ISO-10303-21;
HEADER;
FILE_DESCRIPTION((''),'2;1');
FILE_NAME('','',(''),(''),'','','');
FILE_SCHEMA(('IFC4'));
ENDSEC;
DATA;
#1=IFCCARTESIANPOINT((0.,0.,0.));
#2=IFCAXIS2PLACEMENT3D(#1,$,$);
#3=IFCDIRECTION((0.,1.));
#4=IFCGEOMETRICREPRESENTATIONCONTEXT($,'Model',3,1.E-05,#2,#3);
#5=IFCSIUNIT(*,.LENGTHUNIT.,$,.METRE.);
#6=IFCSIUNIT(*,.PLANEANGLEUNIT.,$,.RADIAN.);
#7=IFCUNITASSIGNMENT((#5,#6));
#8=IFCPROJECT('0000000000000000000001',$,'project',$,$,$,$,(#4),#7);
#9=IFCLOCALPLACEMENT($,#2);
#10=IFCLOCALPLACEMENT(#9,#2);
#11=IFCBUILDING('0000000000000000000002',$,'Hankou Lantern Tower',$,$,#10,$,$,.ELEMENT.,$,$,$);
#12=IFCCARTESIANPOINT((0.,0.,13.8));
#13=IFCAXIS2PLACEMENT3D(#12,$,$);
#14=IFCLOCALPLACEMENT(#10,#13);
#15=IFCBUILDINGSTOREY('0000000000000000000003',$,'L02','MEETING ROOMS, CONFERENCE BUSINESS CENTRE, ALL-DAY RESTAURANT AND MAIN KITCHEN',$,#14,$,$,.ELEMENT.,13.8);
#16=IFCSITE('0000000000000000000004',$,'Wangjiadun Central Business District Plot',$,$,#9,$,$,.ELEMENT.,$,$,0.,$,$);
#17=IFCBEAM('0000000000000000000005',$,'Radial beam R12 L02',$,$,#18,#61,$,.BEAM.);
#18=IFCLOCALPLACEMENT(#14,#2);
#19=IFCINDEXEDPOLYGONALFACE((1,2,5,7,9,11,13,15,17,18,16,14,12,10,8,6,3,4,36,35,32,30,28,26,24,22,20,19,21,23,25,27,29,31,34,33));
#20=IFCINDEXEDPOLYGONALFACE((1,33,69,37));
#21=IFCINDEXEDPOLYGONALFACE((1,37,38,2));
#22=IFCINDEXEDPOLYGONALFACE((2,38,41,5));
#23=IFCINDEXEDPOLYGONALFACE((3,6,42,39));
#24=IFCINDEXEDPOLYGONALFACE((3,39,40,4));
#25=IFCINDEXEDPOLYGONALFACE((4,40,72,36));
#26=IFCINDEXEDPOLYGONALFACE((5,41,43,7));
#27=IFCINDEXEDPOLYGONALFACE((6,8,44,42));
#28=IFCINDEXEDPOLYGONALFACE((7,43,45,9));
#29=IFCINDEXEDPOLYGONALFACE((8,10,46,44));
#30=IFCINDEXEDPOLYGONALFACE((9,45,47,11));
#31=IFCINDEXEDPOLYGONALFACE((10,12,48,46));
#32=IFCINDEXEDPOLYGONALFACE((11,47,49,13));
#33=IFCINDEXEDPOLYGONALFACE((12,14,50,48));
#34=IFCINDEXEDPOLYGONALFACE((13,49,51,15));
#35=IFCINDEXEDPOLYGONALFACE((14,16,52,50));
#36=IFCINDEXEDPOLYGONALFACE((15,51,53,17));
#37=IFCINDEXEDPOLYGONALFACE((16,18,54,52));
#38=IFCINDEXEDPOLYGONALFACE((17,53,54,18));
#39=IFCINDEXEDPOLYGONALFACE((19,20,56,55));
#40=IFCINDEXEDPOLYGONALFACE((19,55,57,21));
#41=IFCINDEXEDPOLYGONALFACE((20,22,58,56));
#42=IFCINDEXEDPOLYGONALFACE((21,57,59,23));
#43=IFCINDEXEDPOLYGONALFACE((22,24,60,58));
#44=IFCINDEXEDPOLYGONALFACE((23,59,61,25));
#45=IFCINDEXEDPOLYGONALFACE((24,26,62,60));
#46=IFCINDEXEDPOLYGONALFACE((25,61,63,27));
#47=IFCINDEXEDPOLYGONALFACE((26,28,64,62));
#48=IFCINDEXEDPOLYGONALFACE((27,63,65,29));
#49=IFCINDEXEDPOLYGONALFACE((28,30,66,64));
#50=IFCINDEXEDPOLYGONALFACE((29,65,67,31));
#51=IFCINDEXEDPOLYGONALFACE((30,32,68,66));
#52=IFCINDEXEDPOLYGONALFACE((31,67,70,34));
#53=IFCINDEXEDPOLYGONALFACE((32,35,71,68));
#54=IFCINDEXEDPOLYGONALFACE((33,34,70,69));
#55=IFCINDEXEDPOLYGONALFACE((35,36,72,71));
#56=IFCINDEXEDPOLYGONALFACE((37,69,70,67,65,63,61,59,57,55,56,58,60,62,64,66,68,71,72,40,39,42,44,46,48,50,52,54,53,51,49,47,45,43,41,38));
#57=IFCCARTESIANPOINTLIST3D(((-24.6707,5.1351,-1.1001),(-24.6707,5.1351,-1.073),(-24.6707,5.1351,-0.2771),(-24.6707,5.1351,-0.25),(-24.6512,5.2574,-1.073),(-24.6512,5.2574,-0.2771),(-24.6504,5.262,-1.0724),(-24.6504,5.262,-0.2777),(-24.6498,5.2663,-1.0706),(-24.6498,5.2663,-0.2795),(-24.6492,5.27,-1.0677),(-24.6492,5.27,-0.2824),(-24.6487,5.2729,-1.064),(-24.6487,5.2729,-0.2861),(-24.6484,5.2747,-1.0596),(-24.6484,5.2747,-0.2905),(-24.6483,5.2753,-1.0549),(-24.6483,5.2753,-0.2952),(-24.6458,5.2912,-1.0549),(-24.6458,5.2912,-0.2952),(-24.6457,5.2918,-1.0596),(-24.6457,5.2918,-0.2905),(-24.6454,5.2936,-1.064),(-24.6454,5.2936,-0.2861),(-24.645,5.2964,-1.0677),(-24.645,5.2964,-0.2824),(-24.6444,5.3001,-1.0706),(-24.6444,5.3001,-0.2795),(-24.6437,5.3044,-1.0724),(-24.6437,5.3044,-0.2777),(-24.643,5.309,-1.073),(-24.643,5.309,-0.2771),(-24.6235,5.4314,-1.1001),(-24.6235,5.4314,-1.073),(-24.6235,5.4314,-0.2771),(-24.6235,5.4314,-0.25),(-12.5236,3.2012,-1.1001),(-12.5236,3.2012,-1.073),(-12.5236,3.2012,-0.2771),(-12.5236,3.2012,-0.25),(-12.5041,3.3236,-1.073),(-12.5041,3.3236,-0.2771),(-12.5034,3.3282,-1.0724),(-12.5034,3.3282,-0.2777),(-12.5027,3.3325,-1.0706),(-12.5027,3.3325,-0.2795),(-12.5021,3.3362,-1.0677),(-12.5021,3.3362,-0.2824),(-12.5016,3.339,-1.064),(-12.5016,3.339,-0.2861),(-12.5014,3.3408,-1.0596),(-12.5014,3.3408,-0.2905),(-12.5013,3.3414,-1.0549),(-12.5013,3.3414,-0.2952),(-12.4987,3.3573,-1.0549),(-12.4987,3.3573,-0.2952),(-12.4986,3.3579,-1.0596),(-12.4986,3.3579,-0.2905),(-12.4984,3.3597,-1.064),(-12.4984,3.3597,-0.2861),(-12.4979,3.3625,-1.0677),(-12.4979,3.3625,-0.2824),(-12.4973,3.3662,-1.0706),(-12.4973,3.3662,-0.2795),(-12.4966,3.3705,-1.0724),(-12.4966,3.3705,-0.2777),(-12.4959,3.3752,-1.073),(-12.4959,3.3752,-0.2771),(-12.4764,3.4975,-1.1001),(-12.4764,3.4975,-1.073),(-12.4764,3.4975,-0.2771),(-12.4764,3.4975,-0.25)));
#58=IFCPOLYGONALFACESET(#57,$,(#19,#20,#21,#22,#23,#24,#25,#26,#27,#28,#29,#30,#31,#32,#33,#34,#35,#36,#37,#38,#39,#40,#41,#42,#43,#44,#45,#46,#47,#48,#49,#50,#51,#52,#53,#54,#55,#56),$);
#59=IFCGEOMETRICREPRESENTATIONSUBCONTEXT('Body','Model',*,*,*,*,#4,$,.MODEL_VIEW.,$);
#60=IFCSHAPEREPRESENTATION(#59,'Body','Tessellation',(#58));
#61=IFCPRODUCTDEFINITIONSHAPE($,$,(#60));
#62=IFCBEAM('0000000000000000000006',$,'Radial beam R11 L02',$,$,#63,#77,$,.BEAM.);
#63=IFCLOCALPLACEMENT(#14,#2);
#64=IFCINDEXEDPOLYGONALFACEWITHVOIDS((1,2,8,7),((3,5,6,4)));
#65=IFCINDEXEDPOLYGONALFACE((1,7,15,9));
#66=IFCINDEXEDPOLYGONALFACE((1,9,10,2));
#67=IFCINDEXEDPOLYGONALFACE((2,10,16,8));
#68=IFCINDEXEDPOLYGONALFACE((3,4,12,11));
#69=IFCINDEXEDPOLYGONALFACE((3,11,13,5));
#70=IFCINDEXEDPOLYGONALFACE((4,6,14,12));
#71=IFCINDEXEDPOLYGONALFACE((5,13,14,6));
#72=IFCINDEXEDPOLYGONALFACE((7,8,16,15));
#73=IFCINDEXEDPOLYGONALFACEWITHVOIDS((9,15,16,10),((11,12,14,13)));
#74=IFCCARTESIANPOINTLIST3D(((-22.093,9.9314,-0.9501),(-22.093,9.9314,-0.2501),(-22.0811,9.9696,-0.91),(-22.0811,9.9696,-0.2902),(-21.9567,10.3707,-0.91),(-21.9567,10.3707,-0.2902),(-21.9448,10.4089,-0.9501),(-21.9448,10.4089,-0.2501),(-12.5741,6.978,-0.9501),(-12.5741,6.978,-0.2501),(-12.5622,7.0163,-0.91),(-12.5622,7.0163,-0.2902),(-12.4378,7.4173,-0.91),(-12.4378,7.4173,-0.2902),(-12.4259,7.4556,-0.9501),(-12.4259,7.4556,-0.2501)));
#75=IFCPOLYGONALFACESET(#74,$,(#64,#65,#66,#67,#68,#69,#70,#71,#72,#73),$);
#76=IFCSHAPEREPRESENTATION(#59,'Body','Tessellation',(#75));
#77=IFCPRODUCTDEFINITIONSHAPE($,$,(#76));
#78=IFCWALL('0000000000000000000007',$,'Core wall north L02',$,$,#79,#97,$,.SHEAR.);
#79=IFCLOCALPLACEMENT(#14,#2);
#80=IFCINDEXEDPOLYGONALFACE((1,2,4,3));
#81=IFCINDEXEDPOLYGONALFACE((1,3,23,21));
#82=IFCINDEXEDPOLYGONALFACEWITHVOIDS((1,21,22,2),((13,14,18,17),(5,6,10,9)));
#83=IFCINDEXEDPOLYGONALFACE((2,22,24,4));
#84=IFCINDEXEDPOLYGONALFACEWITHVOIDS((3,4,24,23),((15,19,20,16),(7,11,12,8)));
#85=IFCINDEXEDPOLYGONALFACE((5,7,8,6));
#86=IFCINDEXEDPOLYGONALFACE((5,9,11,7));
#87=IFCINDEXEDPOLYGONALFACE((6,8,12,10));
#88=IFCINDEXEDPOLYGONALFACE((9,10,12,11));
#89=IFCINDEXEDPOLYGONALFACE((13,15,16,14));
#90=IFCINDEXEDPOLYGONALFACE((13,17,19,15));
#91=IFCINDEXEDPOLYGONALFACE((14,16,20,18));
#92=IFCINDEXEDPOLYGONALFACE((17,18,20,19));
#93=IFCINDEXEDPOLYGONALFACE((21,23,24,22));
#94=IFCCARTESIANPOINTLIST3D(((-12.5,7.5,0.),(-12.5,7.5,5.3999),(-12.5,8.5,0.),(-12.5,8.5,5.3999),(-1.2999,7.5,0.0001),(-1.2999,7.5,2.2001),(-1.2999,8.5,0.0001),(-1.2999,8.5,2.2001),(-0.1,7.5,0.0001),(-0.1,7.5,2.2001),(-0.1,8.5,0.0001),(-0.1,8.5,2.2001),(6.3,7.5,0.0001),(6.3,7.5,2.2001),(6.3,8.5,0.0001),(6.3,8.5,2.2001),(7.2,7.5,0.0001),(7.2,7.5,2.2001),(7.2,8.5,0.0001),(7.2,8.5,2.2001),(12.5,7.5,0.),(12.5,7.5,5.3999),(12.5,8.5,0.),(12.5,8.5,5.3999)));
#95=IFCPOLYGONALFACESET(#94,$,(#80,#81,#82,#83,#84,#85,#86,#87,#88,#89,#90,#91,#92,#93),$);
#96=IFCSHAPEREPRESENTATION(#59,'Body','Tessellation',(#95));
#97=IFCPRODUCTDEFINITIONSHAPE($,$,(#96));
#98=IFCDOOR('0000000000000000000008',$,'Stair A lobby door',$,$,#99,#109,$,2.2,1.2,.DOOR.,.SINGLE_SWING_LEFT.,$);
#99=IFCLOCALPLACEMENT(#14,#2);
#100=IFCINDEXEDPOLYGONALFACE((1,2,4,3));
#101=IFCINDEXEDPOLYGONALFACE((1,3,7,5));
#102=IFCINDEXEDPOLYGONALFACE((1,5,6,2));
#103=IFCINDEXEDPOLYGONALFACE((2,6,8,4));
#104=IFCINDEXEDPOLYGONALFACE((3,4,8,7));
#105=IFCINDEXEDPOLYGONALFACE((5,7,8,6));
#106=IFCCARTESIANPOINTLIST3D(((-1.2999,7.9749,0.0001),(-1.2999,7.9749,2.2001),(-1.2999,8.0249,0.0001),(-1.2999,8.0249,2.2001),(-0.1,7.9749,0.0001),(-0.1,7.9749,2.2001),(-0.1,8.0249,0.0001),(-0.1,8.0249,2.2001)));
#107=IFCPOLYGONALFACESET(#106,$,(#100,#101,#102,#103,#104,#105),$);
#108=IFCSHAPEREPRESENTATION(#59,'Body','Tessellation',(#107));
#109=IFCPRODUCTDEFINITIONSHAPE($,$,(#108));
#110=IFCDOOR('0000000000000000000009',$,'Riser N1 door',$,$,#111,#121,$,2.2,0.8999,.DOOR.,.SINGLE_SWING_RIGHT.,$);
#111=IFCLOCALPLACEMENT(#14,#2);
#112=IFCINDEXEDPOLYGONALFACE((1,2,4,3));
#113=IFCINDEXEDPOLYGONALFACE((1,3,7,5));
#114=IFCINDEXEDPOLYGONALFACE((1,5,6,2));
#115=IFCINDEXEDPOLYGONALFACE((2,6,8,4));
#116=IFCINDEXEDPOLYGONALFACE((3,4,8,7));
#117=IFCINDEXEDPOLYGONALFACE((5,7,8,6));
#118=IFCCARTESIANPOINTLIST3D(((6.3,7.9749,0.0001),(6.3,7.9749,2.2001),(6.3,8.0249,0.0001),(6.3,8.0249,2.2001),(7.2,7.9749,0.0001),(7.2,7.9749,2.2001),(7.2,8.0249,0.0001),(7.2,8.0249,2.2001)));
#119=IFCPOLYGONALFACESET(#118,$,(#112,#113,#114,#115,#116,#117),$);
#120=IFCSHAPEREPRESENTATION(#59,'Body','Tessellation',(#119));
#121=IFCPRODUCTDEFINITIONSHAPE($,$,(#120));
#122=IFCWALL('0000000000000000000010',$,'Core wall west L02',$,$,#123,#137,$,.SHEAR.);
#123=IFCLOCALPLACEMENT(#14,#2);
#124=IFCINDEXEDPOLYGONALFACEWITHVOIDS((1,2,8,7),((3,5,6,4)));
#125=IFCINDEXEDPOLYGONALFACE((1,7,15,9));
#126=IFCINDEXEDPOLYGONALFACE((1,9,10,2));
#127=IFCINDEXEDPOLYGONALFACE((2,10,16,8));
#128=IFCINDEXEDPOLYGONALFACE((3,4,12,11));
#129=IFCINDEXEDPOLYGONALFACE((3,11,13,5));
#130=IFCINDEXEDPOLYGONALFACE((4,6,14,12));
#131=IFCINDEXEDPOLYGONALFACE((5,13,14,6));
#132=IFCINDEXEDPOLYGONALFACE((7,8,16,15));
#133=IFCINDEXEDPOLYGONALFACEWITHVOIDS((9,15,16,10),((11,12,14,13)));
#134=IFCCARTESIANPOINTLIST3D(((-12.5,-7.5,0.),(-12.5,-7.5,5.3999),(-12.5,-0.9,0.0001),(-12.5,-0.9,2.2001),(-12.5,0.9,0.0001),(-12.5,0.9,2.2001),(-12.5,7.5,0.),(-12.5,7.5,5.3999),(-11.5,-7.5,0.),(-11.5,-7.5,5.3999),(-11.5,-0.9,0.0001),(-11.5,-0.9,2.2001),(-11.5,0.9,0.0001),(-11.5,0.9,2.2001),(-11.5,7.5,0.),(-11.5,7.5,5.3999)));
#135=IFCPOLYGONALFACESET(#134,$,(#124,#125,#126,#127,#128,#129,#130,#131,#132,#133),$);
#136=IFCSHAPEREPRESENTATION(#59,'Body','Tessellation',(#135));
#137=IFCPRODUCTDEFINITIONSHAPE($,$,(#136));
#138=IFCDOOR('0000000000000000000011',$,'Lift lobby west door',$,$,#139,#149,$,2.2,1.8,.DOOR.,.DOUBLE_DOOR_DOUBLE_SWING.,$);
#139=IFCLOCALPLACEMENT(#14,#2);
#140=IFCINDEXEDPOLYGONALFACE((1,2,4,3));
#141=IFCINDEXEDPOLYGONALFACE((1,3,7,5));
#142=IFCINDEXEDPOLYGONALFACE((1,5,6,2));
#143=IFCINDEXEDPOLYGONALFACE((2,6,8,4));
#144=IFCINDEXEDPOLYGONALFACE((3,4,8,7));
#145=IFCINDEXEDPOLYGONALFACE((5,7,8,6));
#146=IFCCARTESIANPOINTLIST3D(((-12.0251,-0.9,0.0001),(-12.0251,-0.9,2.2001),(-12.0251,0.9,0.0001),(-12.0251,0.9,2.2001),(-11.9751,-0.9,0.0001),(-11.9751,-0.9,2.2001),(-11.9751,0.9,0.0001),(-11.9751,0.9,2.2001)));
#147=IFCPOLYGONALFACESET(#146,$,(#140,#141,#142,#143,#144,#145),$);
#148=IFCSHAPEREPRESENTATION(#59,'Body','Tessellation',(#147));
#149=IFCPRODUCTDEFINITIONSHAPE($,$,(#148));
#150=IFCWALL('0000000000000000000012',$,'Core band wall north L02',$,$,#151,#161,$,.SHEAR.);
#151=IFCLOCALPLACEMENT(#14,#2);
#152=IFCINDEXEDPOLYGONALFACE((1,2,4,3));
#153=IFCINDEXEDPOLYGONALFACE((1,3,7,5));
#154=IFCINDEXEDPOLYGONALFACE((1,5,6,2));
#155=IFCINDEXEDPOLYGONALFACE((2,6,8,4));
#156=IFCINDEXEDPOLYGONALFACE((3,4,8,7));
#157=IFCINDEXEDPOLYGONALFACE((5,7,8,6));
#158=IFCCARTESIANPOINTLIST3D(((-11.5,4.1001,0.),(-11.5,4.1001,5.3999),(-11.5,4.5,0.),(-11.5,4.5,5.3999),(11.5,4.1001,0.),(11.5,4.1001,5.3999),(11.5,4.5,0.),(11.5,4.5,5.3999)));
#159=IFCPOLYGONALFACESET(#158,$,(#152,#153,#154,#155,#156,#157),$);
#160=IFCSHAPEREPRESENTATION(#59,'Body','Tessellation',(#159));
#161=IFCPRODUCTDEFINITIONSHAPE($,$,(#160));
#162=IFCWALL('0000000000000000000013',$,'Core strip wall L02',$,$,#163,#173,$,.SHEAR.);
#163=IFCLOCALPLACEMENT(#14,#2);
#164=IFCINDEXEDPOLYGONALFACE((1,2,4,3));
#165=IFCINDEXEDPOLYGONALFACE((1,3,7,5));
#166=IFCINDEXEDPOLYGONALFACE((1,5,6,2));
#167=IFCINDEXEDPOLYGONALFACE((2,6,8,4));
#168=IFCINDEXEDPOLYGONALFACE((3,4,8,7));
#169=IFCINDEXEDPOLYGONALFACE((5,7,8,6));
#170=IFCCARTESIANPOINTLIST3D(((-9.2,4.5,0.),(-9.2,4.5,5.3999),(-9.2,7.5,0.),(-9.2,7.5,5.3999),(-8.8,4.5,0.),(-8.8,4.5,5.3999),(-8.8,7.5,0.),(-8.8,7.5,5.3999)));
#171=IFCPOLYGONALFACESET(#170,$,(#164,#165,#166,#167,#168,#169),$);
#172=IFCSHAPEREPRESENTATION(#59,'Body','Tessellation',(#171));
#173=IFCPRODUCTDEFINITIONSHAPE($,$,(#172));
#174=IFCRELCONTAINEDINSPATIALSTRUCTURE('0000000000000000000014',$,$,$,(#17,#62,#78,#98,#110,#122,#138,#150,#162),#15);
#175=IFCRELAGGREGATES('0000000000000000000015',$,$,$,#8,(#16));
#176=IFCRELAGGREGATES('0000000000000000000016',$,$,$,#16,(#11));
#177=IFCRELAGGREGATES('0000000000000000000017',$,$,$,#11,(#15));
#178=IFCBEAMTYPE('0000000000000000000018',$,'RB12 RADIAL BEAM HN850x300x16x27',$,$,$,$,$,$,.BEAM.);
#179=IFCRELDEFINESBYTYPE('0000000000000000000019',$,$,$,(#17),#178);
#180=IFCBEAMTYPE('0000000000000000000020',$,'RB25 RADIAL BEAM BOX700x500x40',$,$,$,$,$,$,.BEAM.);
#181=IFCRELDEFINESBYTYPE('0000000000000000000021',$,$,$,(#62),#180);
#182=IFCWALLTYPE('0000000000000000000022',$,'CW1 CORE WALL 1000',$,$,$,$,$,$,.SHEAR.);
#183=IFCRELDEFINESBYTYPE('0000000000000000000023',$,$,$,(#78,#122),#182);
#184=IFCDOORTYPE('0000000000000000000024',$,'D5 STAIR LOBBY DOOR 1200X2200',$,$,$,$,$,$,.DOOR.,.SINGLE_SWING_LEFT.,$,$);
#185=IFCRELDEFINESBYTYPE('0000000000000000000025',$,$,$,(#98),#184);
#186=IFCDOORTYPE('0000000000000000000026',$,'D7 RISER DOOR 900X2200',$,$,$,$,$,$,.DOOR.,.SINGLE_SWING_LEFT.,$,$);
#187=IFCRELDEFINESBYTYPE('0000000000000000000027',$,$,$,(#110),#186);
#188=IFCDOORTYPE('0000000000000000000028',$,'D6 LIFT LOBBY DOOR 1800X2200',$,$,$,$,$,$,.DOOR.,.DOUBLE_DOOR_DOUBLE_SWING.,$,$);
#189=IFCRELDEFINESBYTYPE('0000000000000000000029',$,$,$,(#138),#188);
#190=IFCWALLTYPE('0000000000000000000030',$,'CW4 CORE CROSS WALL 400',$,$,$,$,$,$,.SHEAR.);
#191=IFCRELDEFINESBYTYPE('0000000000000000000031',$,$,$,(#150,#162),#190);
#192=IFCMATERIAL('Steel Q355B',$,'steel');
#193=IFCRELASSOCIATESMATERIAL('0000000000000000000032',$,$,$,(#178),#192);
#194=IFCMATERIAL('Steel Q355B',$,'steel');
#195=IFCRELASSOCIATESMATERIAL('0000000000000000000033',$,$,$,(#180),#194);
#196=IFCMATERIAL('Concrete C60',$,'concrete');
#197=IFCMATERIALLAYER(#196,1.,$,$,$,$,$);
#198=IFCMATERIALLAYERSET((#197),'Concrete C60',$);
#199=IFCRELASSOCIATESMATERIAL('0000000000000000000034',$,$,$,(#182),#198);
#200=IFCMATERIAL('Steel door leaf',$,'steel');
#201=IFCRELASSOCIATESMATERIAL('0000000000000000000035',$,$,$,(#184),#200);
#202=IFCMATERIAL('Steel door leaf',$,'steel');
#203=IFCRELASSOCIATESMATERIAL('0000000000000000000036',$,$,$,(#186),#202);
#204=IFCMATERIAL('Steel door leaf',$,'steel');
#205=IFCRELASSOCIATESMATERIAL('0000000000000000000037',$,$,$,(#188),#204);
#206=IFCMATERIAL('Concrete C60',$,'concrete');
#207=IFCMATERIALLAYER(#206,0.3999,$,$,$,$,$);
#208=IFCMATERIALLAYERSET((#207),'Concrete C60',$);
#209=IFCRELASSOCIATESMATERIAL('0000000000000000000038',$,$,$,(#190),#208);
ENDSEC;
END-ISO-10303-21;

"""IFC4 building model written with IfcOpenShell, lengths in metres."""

from ifc_helpers import new_model, si_unit, direction, frame, frame_2d, origin, origin_2d, place, context, subcontext, project, spatial, rectangle, hollow_rectangle, i_section, extrude, material, layer, layer_set, material_profile, profile_set, type_object, element, fill, save


model = new_model("IFC4")

# Units and contexts
model_context = context("Model", 3, precision=1e-05, world=origin(), true_north=direction((0.0, 1.0)))
body_context = subcontext(model_context, "Body", "Model", "MODEL_VIEW")
ifc_project = project(units=[si_unit("LENGTHUNIT", "METRE"), si_unit("PLANEANGLEUNIT", "RADIAN")], contexts=[model_context])

# Site, building, storey
site_placement = place(None, origin())
site = spatial("IfcSite", under=ifc_project, at=site_placement, Name="Wangjiadun Central Business District Plot", CompositionType="ELEMENT", RefElevation=0.0)
building_placement = place(site_placement, origin())
building = spatial("IfcBuilding", under=site, at=building_placement, Name="Hankou Lantern Tower", CompositionType="ELEMENT")
storey_placement = place(building_placement, frame((0.0, 0.0, 13.8)))
storey = spatial("IfcBuildingStorey", under=building, at=storey_placement, Name="L02", Description="MEETING ROOMS, CONFERENCE BUSINESS CENTRE, ALL-DAY RESTAURANT AND MAIN KITCHEN", CompositionType="ELEMENT", Elevation=13.8)

# Beams
ifc_material_1 = material(Name="Steel Q355B", Category="steel")
ifc_material_profile_1 = material_profile(ifc_material_1, i_section(OverallWidth=0.3, OverallDepth=0.8501, WebThickness=0.0161, FlangeThickness=0.0271, FilletRadius=0.0181, at=origin_2d()), Name="HN850x300x16x27")
ifc_profile_set_1 = profile_set([ifc_material_profile_1], Name="Steel Q355B")
beam_type_1 = type_object("IfcBeamType", Name="RB12 RADIAL BEAM HN850x300x16x27", PredefinedType="BEAM", material=ifc_profile_set_1)
beam_1_placement = place(storey_placement, frame((-12.5, 3.3494, -0.675), z_axis=(-0.987563, 0.157223, 0.0), x_axis=(-0.157223, -0.987563, 0.0)))
element("IfcBeam", 1, at=beam_1_placement, inside=storey, type_object=beam_type_1, Name="Radial beam R12 L02", PredefinedType="BEAM", context=body_context, shape_type="SweptSolid", body=[
    extrude(i_section(OverallWidth=0.3, OverallDepth=0.8501, WebThickness=0.0161, FlangeThickness=0.0271, FilletRadius=0.0181, at=origin_2d()), origin(), (0.0, 0.0, 1.0), 12.3),
])
ifc_material_2 = material(Name="Steel Q355B", Category="steel")
ifc_material_profile_2 = material_profile(ifc_material_2, hollow_rectangle(XDim=0.5, YDim=0.7, WallThickness=0.04, at=origin_2d()), Name="BOX700x500x40")
ifc_profile_set_2 = profile_set([ifc_material_profile_2], Name="Steel Q355B")
beam_type_2 = type_object("IfcBeamType", Name="RB25 RADIAL BEAM BOX700x500x40", PredefinedType="BEAM", material=ifc_profile_set_2)
beam_2_placement = place(storey_placement, frame((-12.5, 7.2168, -0.6001), z_axis=(-0.955087, 0.296324, 0.0), x_axis=(-0.296324, -0.955087, 0.0)))
element("IfcBeam", 2, at=beam_2_placement, inside=storey, type_object=beam_type_2, Name="Radial beam R11 L02", PredefinedType="BEAM", context=body_context, shape_type="SweptSolid", body=[
    extrude(hollow_rectangle(XDim=0.5, YDim=0.7, WallThickness=0.04, at=origin_2d()), origin(), (0.0, 0.0, 1.0), 9.9666),
])

# Wall, openings, doors
ifc_material_3 = material(Name="Concrete C60", Category="concrete")
ifc_layer_1 = layer(ifc_material_3, 1.0)
ifc_layer_set_1 = layer_set([ifc_layer_1], Name="Concrete C60")
wall_type_1 = type_object("IfcWallType", Name="CW1 CORE WALL 1000", PredefinedType="SHEAR", material=ifc_layer_set_1)
wall_1_placement = place(storey_placement, frame((-12.5, 8.0, 0.0), z_axis=(0.0, 0.0, 1.0), x_axis=(1.0, 0.0, 0.0)))
wall_1 = element("IfcWall", 3, at=wall_1_placement, inside=storey, type_object=wall_type_1, Name="Core wall north L02", PredefinedType="SHEAR", context=body_context, shape_type="SweptSolid", body=[
    extrude(rectangle(XDim=25.0, YDim=1.0, at=frame_2d((12.5, 0.0))), origin(), (0.0, 0.0, 1.0), 5.3999),
])
opening_1_placement = place(wall_1_placement, frame((11.2, 0.0, 0.0)))
opening_1 = element("IfcOpeningElement", 4, at=opening_1_placement, cuts=wall_1, PredefinedType="OPENING", context=body_context, shape_type="SweptSolid", body=[
    extrude(rectangle(XDim=1.2, YDim=2.2, at=frame_2d((0.6001, 1.1001))), frame((0.0, 0.51, 0.0), z_axis=(0.0, -1.0, 0.0), x_axis=(1.0, 0.0, 0.0)), (0.0, 0.0, 1.0), 1.02),
])
opening_2_placement = place(wall_1_placement, frame((18.8, 0.0, 0.0)))
opening_2 = element("IfcOpeningElement", 5, at=opening_2_placement, cuts=wall_1, PredefinedType="OPENING", context=body_context, shape_type="SweptSolid", body=[
    extrude(rectangle(XDim=0.8999, YDim=2.2, at=frame_2d((0.45, 1.1001))), frame((0.0, 0.51, 0.0), z_axis=(0.0, -1.0, 0.0), x_axis=(1.0, 0.0, 0.0)), (0.0, 0.0, 1.0), 1.02),
])
ifc_material_4 = material(Name="Steel door leaf", Category="steel")
door_type_1 = type_object("IfcDoorType", Name="D5 STAIR LOBBY DOOR 1200X2200", OperationType="SINGLE_SWING_LEFT", PredefinedType="DOOR", material=ifc_material_4)
door_1_placement = place(opening_1_placement, origin())
door_1 = element("IfcDoor", 6, at=door_1_placement, inside=storey, type_object=door_type_1, Name="Stair A lobby door", OperationType="SINGLE_SWING_LEFT", OverallHeight=2.2, OverallWidth=1.2, PredefinedType="DOOR", context=body_context, shape_type="SweptSolid", body=[
    extrude(rectangle(XDim=1.2, YDim=2.2, at=frame_2d((0.6001, 1.1001))), frame((0.0, 0.0249, 0.0), z_axis=(0.0, -1.0, 0.0), x_axis=(1.0, 0.0, 0.0)), (0.0, 0.0, 1.0), 0.05),
])
fill(opening_1, door_1)
ifc_material_5 = material(Name="Steel door leaf", Category="steel")
door_type_2 = type_object("IfcDoorType", Name="D7 RISER DOOR 900X2200", OperationType="SINGLE_SWING_LEFT", PredefinedType="DOOR", material=ifc_material_5)
door_2_placement = place(opening_2_placement, origin())
door_2 = element("IfcDoor", 7, at=door_2_placement, inside=storey, type_object=door_type_2, Name="Riser N1 door", OperationType="SINGLE_SWING_RIGHT", OverallHeight=2.2, OverallWidth=0.8999, PredefinedType="DOOR", context=body_context, shape_type="SweptSolid", body=[
    extrude(rectangle(XDim=0.8999, YDim=2.2, at=frame_2d((0.45, 1.1001))), frame((0.0, 0.0249, 0.0), z_axis=(0.0, -1.0, 0.0), x_axis=(1.0, 0.0, 0.0)), (0.0, 0.0, 1.0), 0.05),
])
fill(opening_2, door_2)

# Wall, opening, door
wall_2_placement = place(storey_placement, frame((-12.0, 7.5, 0.0), z_axis=(0.0, 0.0, 1.0), x_axis=(0.0, -1.0, 0.0)))
wall_2 = element("IfcWall", 8, at=wall_2_placement, inside=storey, type_object=wall_type_1, Name="Core wall west L02", PredefinedType="SHEAR", context=body_context, shape_type="SweptSolid", body=[
    extrude(rectangle(XDim=15.0, YDim=1.0, at=frame_2d((7.5, 0.0))), origin(), (0.0, 0.0, 1.0), 5.3999),
])
opening_3_placement = place(wall_2_placement, frame((6.6001, 0.0, 0.0)))
opening_3 = element("IfcOpeningElement", 9, at=opening_3_placement, cuts=wall_2, PredefinedType="OPENING", context=body_context, shape_type="SweptSolid", body=[
    extrude(rectangle(XDim=1.8, YDim=2.2, at=frame_2d((0.8999, 1.1001))), frame((0.0, 0.51, 0.0), z_axis=(0.0, -1.0, 0.0), x_axis=(1.0, 0.0, 0.0)), (0.0, 0.0, 1.0), 1.02),
])
ifc_material_6 = material(Name="Steel door leaf", Category="steel")
door_type_3 = type_object("IfcDoorType", Name="D6 LIFT LOBBY DOOR 1800X2200", OperationType="DOUBLE_DOOR_DOUBLE_SWING", PredefinedType="DOOR", material=ifc_material_6)
door_3_placement = place(opening_3_placement, origin())
door_3 = element("IfcDoor", 10, at=door_3_placement, inside=storey, type_object=door_type_3, Name="Lift lobby west door", OperationType="DOUBLE_DOOR_DOUBLE_SWING", OverallHeight=2.2, OverallWidth=1.8, PredefinedType="DOOR", context=body_context, shape_type="SweptSolid", body=[
    extrude(rectangle(XDim=1.8, YDim=2.2, at=frame_2d((0.8999, 1.1001))), frame((0.0, 0.0249, 0.0), z_axis=(0.0, -1.0, 0.0), x_axis=(1.0, 0.0, 0.0)), (0.0, 0.0, 1.0), 0.05),
])
fill(opening_3, door_3)

# Walls
ifc_material_7 = material(Name="Concrete C60", Category="concrete")
ifc_layer_2 = layer(ifc_material_7, 0.3999)
ifc_layer_set_2 = layer_set([ifc_layer_2], Name="Concrete C60")
wall_type_2 = type_object("IfcWallType", Name="CW4 CORE CROSS WALL 400", PredefinedType="SHEAR", material=ifc_layer_set_2)
wall_3_placement = place(storey_placement, frame((-11.5, 4.3, 0.0), z_axis=(0.0, 0.0, 1.0), x_axis=(1.0, 0.0, 0.0)))
element("IfcWall", 11, at=wall_3_placement, inside=storey, type_object=wall_type_2, Name="Core band wall north L02", PredefinedType="SHEAR", context=body_context, shape_type="SweptSolid", body=[
    extrude(rectangle(XDim=23.0, YDim=0.3999, at=frame_2d((11.5, 0.0))), origin(), (0.0, 0.0, 1.0), 5.3999),
])
wall_4_placement = place(storey_placement, frame((-9.0, 4.5, 0.0), z_axis=(0.0, 0.0, 1.0), x_axis=(0.0, 1.0, 0.0)))
element("IfcWall", 12, at=wall_4_placement, inside=storey, type_object=wall_type_2, Name="Core strip wall L02", PredefinedType="SHEAR", context=body_context, shape_type="SweptSolid", body=[
    extrude(rectangle(XDim=3.0, YDim=0.3999, at=frame_2d((1.5, 0.0))), origin(), (0.0, 0.0, 1.0), 5.3999),
])

save(model, "model.ifc")
